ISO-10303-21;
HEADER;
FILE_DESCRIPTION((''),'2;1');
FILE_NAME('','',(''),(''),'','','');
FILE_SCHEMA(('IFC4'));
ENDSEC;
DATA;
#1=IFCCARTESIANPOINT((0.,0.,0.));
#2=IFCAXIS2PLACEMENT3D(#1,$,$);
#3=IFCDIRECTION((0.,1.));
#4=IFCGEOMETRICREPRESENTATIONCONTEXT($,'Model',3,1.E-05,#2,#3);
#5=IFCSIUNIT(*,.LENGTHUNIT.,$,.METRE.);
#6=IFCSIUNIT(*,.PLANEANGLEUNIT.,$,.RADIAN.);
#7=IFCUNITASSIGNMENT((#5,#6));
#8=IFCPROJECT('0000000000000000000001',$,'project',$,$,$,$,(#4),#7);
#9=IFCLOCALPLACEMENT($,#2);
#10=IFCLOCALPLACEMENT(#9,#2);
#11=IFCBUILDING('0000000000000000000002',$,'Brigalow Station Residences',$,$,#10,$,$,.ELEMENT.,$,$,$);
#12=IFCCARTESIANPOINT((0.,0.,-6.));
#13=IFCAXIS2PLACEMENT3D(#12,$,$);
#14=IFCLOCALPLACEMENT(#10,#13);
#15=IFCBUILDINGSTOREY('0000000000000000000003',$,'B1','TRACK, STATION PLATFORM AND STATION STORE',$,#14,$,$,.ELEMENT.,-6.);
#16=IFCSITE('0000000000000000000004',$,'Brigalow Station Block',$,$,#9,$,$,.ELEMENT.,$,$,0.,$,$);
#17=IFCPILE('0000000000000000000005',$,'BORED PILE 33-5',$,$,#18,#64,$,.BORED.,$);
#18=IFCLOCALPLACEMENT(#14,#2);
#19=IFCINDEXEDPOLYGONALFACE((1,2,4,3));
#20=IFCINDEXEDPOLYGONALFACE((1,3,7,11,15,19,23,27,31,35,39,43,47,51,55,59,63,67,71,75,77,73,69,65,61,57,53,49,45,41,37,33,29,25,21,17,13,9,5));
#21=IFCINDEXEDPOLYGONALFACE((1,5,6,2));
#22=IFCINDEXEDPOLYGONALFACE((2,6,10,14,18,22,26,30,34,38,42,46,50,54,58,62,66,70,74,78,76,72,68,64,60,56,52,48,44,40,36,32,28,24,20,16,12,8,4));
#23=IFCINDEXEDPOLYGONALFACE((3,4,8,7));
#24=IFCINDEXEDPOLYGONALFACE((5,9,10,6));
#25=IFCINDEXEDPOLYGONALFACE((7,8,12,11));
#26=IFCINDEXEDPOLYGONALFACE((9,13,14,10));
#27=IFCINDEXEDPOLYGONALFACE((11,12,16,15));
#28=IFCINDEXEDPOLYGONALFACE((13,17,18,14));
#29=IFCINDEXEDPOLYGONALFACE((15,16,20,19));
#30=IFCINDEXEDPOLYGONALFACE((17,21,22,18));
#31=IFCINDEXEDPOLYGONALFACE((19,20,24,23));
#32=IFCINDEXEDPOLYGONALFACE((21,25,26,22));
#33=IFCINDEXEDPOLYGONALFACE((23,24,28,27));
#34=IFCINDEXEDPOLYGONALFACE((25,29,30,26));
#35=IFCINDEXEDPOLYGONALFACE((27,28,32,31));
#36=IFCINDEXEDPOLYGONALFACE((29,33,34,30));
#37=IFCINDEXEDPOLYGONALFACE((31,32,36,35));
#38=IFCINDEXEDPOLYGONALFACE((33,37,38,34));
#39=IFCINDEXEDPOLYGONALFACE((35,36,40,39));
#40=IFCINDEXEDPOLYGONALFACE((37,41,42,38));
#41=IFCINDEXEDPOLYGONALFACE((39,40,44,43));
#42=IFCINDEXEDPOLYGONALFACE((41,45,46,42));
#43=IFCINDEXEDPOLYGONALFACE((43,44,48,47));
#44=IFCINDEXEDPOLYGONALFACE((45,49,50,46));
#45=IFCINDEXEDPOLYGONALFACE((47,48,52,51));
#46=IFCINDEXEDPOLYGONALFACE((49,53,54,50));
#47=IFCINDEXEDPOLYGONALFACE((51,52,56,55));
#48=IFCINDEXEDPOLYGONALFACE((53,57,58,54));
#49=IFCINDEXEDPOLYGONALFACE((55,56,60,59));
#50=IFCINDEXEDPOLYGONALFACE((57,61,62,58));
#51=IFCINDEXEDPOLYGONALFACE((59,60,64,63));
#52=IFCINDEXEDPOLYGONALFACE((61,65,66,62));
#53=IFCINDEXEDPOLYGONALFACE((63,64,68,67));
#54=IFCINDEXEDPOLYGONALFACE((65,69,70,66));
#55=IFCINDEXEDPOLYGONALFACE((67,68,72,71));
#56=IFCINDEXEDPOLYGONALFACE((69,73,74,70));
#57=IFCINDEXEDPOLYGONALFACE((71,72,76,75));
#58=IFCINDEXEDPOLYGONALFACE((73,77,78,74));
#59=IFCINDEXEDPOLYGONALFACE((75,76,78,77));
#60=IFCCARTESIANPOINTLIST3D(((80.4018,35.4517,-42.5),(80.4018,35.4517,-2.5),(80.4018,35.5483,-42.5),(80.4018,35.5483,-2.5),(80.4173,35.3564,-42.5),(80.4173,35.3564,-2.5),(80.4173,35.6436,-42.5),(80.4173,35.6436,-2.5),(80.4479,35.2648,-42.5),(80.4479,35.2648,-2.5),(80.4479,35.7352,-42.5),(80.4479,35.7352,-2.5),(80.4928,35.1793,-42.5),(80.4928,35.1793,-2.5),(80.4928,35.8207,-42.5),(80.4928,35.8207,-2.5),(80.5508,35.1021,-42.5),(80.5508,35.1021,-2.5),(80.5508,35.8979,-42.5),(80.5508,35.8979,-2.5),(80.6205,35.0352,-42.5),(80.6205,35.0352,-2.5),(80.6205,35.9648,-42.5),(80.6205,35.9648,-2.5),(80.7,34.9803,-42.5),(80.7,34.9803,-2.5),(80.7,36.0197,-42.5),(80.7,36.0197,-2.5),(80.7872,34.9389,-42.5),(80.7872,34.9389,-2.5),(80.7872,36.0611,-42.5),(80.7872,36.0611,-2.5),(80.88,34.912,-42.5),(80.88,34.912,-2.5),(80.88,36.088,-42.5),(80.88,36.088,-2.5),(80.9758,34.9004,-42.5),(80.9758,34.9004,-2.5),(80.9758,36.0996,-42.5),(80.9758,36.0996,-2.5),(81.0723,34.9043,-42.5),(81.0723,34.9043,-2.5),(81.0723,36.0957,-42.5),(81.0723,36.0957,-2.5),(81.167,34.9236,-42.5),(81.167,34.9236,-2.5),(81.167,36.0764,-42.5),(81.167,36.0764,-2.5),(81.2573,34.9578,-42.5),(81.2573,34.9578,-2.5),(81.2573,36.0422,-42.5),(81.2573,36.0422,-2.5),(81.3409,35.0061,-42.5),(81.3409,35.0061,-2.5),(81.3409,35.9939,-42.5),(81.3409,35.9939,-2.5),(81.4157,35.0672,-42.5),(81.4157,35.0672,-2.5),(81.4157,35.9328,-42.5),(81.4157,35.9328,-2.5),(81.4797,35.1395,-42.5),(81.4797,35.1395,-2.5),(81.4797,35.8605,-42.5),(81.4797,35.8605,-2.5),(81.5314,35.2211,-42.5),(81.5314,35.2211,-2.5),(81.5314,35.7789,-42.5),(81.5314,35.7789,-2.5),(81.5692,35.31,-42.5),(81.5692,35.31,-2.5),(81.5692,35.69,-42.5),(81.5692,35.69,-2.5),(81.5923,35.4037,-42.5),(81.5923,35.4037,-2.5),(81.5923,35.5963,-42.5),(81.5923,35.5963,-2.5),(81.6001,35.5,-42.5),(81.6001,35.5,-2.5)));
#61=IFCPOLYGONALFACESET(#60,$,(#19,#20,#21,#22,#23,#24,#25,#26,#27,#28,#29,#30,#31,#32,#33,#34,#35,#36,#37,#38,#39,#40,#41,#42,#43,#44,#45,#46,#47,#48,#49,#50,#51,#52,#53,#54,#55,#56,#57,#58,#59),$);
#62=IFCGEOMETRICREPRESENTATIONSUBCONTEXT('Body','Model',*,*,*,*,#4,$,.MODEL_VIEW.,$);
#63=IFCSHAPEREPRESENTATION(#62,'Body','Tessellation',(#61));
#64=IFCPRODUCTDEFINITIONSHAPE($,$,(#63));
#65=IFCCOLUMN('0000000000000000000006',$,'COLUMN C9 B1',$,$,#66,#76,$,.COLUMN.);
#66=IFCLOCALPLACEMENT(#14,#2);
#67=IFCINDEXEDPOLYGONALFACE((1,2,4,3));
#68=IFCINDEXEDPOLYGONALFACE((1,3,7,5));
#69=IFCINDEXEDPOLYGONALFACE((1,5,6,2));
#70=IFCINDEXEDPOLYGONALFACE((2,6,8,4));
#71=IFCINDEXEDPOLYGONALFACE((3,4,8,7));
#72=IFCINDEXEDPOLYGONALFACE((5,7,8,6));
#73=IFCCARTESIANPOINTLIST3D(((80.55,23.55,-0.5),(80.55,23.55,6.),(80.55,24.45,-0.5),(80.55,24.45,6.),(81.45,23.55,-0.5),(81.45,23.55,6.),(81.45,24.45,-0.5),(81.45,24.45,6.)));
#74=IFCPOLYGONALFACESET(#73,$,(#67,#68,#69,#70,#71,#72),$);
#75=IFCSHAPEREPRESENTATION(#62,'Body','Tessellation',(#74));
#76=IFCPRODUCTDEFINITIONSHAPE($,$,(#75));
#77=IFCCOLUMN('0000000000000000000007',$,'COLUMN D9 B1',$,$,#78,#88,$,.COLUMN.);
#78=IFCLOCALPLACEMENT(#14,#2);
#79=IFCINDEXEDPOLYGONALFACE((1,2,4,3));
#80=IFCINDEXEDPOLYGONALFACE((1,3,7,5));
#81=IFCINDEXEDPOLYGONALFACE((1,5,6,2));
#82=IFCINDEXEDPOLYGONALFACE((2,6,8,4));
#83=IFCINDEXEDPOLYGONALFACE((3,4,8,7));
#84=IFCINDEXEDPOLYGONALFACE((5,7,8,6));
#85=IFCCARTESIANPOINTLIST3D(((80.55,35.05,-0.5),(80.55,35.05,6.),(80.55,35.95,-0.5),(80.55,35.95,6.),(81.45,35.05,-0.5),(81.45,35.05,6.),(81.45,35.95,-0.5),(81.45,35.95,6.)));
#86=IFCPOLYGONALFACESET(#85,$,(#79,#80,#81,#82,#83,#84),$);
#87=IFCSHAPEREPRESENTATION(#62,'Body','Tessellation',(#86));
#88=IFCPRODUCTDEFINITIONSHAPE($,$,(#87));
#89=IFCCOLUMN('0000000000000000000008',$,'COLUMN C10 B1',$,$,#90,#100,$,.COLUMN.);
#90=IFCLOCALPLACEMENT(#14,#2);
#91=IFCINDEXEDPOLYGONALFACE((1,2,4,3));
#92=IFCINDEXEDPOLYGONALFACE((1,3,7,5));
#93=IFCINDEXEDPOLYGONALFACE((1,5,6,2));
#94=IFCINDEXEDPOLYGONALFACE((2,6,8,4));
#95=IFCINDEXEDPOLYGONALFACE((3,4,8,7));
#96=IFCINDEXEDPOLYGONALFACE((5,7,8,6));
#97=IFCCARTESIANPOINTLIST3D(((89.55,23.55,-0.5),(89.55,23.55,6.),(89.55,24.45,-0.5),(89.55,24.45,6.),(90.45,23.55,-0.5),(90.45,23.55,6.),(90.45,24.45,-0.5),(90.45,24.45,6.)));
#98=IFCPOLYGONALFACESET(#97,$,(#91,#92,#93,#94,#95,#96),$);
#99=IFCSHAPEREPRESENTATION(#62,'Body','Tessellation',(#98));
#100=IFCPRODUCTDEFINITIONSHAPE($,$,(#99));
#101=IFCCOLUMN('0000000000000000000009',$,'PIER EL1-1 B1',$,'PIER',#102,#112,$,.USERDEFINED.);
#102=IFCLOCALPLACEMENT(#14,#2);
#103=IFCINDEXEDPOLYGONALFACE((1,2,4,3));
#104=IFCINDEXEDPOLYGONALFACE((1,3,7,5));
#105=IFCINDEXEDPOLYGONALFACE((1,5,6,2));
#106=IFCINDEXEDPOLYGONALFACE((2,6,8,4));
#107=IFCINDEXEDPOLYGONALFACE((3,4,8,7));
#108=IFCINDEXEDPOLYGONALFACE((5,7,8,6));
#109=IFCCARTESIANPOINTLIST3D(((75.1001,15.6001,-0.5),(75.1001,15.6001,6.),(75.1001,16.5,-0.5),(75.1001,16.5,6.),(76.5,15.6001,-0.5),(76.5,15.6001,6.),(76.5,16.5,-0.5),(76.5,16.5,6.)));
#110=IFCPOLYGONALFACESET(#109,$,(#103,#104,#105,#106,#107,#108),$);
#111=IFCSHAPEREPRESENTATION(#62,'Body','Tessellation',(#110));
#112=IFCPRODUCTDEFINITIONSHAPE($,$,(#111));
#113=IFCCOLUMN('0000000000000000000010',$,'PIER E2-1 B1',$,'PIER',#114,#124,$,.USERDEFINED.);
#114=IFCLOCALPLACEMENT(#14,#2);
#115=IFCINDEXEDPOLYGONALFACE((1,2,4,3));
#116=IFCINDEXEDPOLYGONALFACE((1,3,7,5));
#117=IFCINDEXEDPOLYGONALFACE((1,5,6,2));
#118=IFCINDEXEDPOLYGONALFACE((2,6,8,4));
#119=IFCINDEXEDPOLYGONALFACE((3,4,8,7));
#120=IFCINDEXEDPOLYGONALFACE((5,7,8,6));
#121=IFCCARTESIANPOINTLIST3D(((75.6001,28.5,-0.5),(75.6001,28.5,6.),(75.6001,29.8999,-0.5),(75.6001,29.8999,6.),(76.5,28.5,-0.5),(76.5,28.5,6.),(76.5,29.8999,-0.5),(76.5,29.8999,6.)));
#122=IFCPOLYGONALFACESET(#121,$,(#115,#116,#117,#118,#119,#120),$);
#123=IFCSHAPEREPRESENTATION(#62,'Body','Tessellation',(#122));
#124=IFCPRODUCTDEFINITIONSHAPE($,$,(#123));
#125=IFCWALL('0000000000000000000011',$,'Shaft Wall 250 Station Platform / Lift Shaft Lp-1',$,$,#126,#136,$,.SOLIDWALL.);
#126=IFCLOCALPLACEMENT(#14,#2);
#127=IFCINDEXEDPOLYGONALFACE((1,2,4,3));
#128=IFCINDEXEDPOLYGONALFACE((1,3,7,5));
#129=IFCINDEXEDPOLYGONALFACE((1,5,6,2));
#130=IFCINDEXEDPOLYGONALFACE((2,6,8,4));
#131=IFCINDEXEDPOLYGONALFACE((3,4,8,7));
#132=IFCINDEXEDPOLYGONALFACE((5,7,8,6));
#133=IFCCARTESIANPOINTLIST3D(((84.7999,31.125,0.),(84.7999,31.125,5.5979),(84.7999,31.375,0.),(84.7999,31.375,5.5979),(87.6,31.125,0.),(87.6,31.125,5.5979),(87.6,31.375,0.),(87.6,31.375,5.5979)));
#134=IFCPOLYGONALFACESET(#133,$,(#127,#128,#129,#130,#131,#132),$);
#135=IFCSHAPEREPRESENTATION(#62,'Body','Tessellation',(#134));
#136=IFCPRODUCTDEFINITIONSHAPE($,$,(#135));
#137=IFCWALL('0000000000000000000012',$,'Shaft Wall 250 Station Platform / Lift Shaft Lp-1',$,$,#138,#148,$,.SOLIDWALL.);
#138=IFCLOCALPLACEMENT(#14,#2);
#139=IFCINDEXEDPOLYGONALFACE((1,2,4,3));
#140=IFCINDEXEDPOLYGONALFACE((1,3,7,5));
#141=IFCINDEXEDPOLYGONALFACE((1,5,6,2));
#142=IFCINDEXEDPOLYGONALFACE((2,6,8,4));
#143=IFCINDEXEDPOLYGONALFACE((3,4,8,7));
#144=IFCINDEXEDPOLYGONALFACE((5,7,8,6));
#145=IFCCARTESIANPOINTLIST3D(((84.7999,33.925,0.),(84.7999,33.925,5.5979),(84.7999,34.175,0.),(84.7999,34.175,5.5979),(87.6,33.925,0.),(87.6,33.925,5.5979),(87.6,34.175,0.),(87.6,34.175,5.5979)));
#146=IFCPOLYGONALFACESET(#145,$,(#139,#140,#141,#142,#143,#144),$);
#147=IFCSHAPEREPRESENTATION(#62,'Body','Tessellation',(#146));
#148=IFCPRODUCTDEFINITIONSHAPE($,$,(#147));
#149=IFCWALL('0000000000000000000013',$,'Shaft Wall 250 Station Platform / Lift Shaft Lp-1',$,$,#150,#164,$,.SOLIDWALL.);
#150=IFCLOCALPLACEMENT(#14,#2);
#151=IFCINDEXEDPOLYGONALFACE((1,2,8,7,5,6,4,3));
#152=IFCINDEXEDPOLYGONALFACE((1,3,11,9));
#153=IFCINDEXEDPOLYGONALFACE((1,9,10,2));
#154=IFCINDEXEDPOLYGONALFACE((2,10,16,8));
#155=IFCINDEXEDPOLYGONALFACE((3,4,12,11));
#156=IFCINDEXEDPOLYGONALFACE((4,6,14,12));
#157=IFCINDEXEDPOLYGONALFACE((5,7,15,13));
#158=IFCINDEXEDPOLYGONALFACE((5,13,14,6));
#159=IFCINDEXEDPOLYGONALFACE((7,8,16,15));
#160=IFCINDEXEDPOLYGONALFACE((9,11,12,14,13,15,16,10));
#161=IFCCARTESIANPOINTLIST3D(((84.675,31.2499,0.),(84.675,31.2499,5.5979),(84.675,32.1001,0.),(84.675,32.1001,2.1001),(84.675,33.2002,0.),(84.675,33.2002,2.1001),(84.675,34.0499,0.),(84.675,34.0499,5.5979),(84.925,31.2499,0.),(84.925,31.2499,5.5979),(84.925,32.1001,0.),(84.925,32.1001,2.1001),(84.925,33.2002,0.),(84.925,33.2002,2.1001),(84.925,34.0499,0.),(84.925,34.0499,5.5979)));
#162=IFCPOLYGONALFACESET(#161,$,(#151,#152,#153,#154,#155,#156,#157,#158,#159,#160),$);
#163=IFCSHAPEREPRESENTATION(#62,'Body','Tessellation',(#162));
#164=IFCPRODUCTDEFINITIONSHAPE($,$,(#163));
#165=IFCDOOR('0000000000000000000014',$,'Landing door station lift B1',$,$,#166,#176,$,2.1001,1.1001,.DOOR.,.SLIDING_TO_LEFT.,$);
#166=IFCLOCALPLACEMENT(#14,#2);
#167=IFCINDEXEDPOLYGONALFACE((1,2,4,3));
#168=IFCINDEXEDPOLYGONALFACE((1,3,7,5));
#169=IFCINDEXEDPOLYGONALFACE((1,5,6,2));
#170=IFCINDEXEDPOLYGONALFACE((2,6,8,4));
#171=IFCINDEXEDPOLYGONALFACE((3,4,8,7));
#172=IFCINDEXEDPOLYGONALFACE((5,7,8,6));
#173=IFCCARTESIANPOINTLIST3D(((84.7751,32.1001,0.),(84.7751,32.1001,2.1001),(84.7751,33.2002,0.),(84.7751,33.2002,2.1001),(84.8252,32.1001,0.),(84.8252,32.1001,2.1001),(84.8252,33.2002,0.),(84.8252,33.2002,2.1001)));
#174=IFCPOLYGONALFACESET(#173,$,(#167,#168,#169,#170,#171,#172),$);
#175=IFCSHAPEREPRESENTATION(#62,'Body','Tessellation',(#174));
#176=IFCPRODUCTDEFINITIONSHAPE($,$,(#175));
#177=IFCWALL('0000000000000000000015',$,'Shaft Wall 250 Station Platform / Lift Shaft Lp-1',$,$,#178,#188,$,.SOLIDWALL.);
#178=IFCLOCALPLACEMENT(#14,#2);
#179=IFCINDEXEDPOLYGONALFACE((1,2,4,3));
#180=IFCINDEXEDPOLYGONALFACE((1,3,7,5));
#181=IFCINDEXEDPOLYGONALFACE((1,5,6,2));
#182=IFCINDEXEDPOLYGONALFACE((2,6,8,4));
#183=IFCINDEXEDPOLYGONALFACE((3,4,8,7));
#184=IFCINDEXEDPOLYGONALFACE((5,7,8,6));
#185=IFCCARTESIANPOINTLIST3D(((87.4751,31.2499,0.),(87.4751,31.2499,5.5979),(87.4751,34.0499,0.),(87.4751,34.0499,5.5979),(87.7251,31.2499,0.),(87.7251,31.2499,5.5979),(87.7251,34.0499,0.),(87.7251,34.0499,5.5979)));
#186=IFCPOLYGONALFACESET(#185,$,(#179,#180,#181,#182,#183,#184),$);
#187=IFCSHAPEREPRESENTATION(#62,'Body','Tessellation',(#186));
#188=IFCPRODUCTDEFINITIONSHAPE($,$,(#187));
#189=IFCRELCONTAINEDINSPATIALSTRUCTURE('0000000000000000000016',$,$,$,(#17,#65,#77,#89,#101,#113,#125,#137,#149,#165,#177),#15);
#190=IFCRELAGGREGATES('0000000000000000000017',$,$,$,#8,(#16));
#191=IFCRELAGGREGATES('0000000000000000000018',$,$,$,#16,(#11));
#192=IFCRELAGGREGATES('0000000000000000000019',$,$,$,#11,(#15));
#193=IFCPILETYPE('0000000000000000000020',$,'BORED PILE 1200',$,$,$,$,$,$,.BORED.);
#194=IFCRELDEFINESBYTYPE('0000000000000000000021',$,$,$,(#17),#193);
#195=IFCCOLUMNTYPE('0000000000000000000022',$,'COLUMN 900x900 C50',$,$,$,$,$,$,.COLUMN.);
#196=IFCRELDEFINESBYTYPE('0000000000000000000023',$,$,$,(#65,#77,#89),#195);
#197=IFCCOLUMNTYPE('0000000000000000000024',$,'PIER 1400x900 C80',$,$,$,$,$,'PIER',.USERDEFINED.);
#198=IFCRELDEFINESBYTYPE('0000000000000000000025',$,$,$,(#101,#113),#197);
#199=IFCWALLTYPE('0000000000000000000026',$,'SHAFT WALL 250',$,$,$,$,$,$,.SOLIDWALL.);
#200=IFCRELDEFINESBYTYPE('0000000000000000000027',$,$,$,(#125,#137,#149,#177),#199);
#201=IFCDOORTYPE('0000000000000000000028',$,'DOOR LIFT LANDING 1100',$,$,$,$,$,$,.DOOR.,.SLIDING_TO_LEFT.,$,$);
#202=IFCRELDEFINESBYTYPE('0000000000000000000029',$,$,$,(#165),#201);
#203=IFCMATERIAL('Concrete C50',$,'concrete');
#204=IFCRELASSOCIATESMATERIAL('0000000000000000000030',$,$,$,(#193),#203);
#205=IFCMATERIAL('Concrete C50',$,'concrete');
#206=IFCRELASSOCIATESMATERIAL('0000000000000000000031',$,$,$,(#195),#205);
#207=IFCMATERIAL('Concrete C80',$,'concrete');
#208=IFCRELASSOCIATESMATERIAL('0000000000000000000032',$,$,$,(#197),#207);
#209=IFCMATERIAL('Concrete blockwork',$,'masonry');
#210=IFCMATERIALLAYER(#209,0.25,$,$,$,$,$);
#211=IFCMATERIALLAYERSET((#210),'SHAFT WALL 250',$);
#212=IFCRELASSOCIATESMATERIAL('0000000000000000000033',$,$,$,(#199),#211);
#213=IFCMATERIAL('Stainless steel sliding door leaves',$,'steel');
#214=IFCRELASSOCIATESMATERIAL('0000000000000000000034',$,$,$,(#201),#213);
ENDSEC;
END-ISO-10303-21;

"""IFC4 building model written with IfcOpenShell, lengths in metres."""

from ifc_helpers import new_model, si_unit, direction, frame, frame_2d, origin, origin_2d, place, context, subcontext, project, spatial, rectangle, circle, extrude, material, layer, layer_set, material_profile, profile_set, type_object, element, fill, save


model = new_model("IFC4")

# Units and contexts
model_context = context("Model", 3, precision=1e-05, world=origin(), true_north=direction((0.0, 1.0)))
body_context = subcontext(model_context, "Body", "Model", "MODEL_VIEW")
ifc_project = project(units=[si_unit("LENGTHUNIT", "METRE"), si_unit("PLANEANGLEUNIT", "RADIAN")], contexts=[model_context])

# Site, building, storey
site_placement = place(None, origin())
site = spatial("IfcSite", under=ifc_project, at=site_placement, Name="Brigalow Station Block", CompositionType="ELEMENT", RefElevation=0.0)
building_placement = place(site_placement, origin())
building = spatial("IfcBuilding", under=site, at=building_placement, Name="Brigalow Station Residences", CompositionType="ELEMENT")
storey_placement = place(building_placement, frame((0.0, 0.0, -6.0)))
storey = spatial("IfcBuildingStorey", under=building, at=storey_placement, Name="B1", Description="TRACK, STATION PLATFORM AND STATION STORE", CompositionType="ELEMENT", Elevation=-6.0)

# Pile
ifc_material_1 = material(Name="Concrete C50", Category="concrete")
ifc_material_profile_1 = material_profile(ifc_material_1, circle(Radius=0.6001, at=origin_2d()), Name="BP1200")
ifc_profile_set_1 = profile_set([ifc_material_profile_1], Name="Concrete C50")
pile_type_1 = type_object("IfcPileType", Name="BORED PILE 1200", PredefinedType="BORED", material=ifc_profile_set_1)
for number, where, z_axis, x_axis, name in (
    (1, (81.0, 35.5, -2.5), (0.0, 0.0, -1.0), (1.0, 0.0, 0.0), "BORED PILE 33-5"),
):
    element("IfcPile", number, at=place(storey_placement, frame(where, z_axis=z_axis, x_axis=x_axis)), inside=storey, type_object=pile_type_1, Name=name, PredefinedType="BORED", context=body_context, shape_type="SweptSolid", body=[
        extrude(circle(Radius=0.6001, at=origin_2d()), origin(), (0.0, 0.0, 1.0), 40.0),
    ])

# Columns
ifc_material_2 = material(Name="Concrete C50", Category="concrete")
ifc_material_profile_2 = material_profile(ifc_material_2, rectangle(XDim=0.8999, YDim=0.8999, at=origin_2d()), Name="RC900x900")
ifc_profile_set_2 = profile_set([ifc_material_profile_2], Name="Concrete C50")
column_type_1 = type_object("IfcColumnType", Name="COLUMN 900x900 C50", PredefinedType="COLUMN", material=ifc_profile_set_2)
for number, where, z_axis, x_axis, name in (
    (2, (81.0, 24.0, -0.5), (0.0, 0.0, 1.0), (1.0, 0.0, 0.0), "COLUMN C9 B1"),
    (3, (81.0, 35.5, -0.5), (0.0, 0.0, 1.0), (1.0, 0.0, 0.0), "COLUMN D9 B1"),
    (4, (90.0, 24.0, -0.5), (0.0, 0.0, 1.0), (1.0, 0.0, 0.0), "COLUMN C10 B1"),
):
    element("IfcColumn", number, at=place(storey_placement, frame(where, z_axis=z_axis, x_axis=x_axis)), inside=storey, type_object=column_type_1, Name=name, PredefinedType="COLUMN", context=body_context, shape_type="SweptSolid", body=[
        extrude(rectangle(XDim=0.8999, YDim=0.8999, at=origin_2d()), origin(), (0.0, 0.0, 1.0), 6.5),
    ])
ifc_material_3 = material(Name="Concrete C80", Category="concrete")
ifc_material_profile_3 = material_profile(ifc_material_3, rectangle(XDim=1.3999, YDim=0.8999, at=origin_2d()), Name="RC1400x900")
ifc_profile_set_3 = profile_set([ifc_material_profile_3], Name="Concrete C80")
column_type_2 = type_object("IfcColumnType", Name="PIER 1400x900 C80", ElementType="PIER", PredefinedType="USERDEFINED", material=ifc_profile_set_3)
for number, where, z_axis, x_axis, name in (
    (5, (75.8, 16.05, -0.5), (0.0, 0.0, 1.0), (-1.0, 0.0, 0.0), "PIER EL1-1 B1"),
    (6, (76.05, 29.2, -0.5), (0.0, 0.0, 1.0), (0.0, 1.0, 0.0), "PIER E2-1 B1"),
):
    element("IfcColumn", number, at=place(storey_placement, frame(where, z_axis=z_axis, x_axis=x_axis)), inside=storey, type_object=column_type_2, Name=name, ObjectType="PIER", PredefinedType="USERDEFINED", context=body_context, shape_type="SweptSolid", body=[
        extrude(rectangle(XDim=1.3999, YDim=0.8999, at=origin_2d()), origin(), (0.0, 0.0, 1.0), 6.5),
    ])

# Walls
ifc_material_4 = material(Name="Concrete blockwork", Category="masonry")
ifc_layer = layer(ifc_material_4, 0.25)
ifc_layer_set = layer_set([ifc_layer], Name="SHAFT WALL 250")
wall_type = type_object("IfcWallType", Name="SHAFT WALL 250", PredefinedType="SOLIDWALL", material=ifc_layer_set)
for number, where, z_axis, x_axis, name in (
    (7, (84.8, 31.25, 0.0), (0.0, 0.0, 1.0), (1.0, 0.0, 0.0), "Shaft Wall 250 Station Platform / Lift Shaft Lp-1"),
    (8, (84.8, 34.05, 0.0), (0.0, 0.0, 1.0), (1.0, 0.0, 0.0), "Shaft Wall 250 Station Platform / Lift Shaft Lp-1"),
):
    element("IfcWall", number, at=place(storey_placement, frame(where, z_axis=z_axis, x_axis=x_axis)), inside=storey, type_object=wall_type, Name=name, PredefinedType="SOLIDWALL", context=body_context, shape_type="SweptSolid", body=[
        extrude(rectangle(XDim=2.8, YDim=0.25, at=frame_2d((1.3999, 0.0))), origin(), (0.0, 0.0, 1.0), 5.5979),
    ])

# Wall, opening, door
wall_1_placement = place(storey_placement, frame((84.8, 31.25, 0.0), z_axis=(0.0, 0.0, 1.0), x_axis=(0.0, 1.0, 0.0)))
wall_1 = element("IfcWall", 9, at=wall_1_placement, inside=storey, type_object=wall_type, Name="Shaft Wall 250 Station Platform / Lift Shaft Lp-1", PredefinedType="SOLIDWALL", context=body_context, shape_type="SweptSolid", body=[
    extrude(rectangle(XDim=2.8, YDim=0.25, at=frame_2d((1.3999, 0.0))), origin(), (0.0, 0.0, 1.0), 5.5979),
])
opening_placement = place(wall_1_placement, frame((0.8501, 0.0, 0.0)))
opening = element("IfcOpeningElement", 10, at=opening_placement, cuts=wall_1, PredefinedType="OPENING", context=body_context, shape_type="SweptSolid", body=[
    extrude(rectangle(XDim=1.1001, YDim=2.1001, at=frame_2d((0.55, 1.05))), frame((0.0, 0.135, 0.0), z_axis=(0.0, -1.0, 0.0), x_axis=(1.0, 0.0, 0.0)), (0.0, 0.0, 1.0), 0.27),
])
ifc_material_5 = material(Name="Stainless steel sliding door leaves", Category="steel")
door_type = type_object("IfcDoorType", Name="DOOR LIFT LANDING 1100", OperationType="SLIDING_TO_LEFT", PredefinedType="DOOR", material=ifc_material_5)
door_placement = place(opening_placement, origin())
door = element("IfcDoor", 11, at=door_placement, inside=storey, type_object=door_type, Name="Landing door station lift B1", OperationType="SLIDING_TO_LEFT", OverallHeight=2.1001, OverallWidth=1.1001, PredefinedType="DOOR", context=body_context, shape_type="SweptSolid", body=[
    extrude(rectangle(XDim=1.1001, YDim=2.1001, at=frame_2d((0.55, 1.05))), frame((0.0, 0.0249, 0.0), z_axis=(0.0, -1.0, 0.0), x_axis=(1.0, 0.0, 0.0)), (0.0, 0.0, 1.0), 0.05),
])
fill(opening, door)

# Wall
wall_2_placement = place(storey_placement, frame((87.6001, 31.25, 0.0), z_axis=(0.0, 0.0, 1.0), x_axis=(0.0, 1.0, 0.0)))
element("IfcWall", 12, at=wall_2_placement, inside=storey, type_object=wall_type, Name="Shaft Wall 250 Station Platform / Lift Shaft Lp-1", PredefinedType="SOLIDWALL", context=body_context, shape_type="SweptSolid", body=[
    extrude(rectangle(XDim=2.8, YDim=0.25, at=frame_2d((1.3999, 0.0))), origin(), (0.0, 0.0, 1.0), 5.5979),
])

save(model, "model.ifc")
